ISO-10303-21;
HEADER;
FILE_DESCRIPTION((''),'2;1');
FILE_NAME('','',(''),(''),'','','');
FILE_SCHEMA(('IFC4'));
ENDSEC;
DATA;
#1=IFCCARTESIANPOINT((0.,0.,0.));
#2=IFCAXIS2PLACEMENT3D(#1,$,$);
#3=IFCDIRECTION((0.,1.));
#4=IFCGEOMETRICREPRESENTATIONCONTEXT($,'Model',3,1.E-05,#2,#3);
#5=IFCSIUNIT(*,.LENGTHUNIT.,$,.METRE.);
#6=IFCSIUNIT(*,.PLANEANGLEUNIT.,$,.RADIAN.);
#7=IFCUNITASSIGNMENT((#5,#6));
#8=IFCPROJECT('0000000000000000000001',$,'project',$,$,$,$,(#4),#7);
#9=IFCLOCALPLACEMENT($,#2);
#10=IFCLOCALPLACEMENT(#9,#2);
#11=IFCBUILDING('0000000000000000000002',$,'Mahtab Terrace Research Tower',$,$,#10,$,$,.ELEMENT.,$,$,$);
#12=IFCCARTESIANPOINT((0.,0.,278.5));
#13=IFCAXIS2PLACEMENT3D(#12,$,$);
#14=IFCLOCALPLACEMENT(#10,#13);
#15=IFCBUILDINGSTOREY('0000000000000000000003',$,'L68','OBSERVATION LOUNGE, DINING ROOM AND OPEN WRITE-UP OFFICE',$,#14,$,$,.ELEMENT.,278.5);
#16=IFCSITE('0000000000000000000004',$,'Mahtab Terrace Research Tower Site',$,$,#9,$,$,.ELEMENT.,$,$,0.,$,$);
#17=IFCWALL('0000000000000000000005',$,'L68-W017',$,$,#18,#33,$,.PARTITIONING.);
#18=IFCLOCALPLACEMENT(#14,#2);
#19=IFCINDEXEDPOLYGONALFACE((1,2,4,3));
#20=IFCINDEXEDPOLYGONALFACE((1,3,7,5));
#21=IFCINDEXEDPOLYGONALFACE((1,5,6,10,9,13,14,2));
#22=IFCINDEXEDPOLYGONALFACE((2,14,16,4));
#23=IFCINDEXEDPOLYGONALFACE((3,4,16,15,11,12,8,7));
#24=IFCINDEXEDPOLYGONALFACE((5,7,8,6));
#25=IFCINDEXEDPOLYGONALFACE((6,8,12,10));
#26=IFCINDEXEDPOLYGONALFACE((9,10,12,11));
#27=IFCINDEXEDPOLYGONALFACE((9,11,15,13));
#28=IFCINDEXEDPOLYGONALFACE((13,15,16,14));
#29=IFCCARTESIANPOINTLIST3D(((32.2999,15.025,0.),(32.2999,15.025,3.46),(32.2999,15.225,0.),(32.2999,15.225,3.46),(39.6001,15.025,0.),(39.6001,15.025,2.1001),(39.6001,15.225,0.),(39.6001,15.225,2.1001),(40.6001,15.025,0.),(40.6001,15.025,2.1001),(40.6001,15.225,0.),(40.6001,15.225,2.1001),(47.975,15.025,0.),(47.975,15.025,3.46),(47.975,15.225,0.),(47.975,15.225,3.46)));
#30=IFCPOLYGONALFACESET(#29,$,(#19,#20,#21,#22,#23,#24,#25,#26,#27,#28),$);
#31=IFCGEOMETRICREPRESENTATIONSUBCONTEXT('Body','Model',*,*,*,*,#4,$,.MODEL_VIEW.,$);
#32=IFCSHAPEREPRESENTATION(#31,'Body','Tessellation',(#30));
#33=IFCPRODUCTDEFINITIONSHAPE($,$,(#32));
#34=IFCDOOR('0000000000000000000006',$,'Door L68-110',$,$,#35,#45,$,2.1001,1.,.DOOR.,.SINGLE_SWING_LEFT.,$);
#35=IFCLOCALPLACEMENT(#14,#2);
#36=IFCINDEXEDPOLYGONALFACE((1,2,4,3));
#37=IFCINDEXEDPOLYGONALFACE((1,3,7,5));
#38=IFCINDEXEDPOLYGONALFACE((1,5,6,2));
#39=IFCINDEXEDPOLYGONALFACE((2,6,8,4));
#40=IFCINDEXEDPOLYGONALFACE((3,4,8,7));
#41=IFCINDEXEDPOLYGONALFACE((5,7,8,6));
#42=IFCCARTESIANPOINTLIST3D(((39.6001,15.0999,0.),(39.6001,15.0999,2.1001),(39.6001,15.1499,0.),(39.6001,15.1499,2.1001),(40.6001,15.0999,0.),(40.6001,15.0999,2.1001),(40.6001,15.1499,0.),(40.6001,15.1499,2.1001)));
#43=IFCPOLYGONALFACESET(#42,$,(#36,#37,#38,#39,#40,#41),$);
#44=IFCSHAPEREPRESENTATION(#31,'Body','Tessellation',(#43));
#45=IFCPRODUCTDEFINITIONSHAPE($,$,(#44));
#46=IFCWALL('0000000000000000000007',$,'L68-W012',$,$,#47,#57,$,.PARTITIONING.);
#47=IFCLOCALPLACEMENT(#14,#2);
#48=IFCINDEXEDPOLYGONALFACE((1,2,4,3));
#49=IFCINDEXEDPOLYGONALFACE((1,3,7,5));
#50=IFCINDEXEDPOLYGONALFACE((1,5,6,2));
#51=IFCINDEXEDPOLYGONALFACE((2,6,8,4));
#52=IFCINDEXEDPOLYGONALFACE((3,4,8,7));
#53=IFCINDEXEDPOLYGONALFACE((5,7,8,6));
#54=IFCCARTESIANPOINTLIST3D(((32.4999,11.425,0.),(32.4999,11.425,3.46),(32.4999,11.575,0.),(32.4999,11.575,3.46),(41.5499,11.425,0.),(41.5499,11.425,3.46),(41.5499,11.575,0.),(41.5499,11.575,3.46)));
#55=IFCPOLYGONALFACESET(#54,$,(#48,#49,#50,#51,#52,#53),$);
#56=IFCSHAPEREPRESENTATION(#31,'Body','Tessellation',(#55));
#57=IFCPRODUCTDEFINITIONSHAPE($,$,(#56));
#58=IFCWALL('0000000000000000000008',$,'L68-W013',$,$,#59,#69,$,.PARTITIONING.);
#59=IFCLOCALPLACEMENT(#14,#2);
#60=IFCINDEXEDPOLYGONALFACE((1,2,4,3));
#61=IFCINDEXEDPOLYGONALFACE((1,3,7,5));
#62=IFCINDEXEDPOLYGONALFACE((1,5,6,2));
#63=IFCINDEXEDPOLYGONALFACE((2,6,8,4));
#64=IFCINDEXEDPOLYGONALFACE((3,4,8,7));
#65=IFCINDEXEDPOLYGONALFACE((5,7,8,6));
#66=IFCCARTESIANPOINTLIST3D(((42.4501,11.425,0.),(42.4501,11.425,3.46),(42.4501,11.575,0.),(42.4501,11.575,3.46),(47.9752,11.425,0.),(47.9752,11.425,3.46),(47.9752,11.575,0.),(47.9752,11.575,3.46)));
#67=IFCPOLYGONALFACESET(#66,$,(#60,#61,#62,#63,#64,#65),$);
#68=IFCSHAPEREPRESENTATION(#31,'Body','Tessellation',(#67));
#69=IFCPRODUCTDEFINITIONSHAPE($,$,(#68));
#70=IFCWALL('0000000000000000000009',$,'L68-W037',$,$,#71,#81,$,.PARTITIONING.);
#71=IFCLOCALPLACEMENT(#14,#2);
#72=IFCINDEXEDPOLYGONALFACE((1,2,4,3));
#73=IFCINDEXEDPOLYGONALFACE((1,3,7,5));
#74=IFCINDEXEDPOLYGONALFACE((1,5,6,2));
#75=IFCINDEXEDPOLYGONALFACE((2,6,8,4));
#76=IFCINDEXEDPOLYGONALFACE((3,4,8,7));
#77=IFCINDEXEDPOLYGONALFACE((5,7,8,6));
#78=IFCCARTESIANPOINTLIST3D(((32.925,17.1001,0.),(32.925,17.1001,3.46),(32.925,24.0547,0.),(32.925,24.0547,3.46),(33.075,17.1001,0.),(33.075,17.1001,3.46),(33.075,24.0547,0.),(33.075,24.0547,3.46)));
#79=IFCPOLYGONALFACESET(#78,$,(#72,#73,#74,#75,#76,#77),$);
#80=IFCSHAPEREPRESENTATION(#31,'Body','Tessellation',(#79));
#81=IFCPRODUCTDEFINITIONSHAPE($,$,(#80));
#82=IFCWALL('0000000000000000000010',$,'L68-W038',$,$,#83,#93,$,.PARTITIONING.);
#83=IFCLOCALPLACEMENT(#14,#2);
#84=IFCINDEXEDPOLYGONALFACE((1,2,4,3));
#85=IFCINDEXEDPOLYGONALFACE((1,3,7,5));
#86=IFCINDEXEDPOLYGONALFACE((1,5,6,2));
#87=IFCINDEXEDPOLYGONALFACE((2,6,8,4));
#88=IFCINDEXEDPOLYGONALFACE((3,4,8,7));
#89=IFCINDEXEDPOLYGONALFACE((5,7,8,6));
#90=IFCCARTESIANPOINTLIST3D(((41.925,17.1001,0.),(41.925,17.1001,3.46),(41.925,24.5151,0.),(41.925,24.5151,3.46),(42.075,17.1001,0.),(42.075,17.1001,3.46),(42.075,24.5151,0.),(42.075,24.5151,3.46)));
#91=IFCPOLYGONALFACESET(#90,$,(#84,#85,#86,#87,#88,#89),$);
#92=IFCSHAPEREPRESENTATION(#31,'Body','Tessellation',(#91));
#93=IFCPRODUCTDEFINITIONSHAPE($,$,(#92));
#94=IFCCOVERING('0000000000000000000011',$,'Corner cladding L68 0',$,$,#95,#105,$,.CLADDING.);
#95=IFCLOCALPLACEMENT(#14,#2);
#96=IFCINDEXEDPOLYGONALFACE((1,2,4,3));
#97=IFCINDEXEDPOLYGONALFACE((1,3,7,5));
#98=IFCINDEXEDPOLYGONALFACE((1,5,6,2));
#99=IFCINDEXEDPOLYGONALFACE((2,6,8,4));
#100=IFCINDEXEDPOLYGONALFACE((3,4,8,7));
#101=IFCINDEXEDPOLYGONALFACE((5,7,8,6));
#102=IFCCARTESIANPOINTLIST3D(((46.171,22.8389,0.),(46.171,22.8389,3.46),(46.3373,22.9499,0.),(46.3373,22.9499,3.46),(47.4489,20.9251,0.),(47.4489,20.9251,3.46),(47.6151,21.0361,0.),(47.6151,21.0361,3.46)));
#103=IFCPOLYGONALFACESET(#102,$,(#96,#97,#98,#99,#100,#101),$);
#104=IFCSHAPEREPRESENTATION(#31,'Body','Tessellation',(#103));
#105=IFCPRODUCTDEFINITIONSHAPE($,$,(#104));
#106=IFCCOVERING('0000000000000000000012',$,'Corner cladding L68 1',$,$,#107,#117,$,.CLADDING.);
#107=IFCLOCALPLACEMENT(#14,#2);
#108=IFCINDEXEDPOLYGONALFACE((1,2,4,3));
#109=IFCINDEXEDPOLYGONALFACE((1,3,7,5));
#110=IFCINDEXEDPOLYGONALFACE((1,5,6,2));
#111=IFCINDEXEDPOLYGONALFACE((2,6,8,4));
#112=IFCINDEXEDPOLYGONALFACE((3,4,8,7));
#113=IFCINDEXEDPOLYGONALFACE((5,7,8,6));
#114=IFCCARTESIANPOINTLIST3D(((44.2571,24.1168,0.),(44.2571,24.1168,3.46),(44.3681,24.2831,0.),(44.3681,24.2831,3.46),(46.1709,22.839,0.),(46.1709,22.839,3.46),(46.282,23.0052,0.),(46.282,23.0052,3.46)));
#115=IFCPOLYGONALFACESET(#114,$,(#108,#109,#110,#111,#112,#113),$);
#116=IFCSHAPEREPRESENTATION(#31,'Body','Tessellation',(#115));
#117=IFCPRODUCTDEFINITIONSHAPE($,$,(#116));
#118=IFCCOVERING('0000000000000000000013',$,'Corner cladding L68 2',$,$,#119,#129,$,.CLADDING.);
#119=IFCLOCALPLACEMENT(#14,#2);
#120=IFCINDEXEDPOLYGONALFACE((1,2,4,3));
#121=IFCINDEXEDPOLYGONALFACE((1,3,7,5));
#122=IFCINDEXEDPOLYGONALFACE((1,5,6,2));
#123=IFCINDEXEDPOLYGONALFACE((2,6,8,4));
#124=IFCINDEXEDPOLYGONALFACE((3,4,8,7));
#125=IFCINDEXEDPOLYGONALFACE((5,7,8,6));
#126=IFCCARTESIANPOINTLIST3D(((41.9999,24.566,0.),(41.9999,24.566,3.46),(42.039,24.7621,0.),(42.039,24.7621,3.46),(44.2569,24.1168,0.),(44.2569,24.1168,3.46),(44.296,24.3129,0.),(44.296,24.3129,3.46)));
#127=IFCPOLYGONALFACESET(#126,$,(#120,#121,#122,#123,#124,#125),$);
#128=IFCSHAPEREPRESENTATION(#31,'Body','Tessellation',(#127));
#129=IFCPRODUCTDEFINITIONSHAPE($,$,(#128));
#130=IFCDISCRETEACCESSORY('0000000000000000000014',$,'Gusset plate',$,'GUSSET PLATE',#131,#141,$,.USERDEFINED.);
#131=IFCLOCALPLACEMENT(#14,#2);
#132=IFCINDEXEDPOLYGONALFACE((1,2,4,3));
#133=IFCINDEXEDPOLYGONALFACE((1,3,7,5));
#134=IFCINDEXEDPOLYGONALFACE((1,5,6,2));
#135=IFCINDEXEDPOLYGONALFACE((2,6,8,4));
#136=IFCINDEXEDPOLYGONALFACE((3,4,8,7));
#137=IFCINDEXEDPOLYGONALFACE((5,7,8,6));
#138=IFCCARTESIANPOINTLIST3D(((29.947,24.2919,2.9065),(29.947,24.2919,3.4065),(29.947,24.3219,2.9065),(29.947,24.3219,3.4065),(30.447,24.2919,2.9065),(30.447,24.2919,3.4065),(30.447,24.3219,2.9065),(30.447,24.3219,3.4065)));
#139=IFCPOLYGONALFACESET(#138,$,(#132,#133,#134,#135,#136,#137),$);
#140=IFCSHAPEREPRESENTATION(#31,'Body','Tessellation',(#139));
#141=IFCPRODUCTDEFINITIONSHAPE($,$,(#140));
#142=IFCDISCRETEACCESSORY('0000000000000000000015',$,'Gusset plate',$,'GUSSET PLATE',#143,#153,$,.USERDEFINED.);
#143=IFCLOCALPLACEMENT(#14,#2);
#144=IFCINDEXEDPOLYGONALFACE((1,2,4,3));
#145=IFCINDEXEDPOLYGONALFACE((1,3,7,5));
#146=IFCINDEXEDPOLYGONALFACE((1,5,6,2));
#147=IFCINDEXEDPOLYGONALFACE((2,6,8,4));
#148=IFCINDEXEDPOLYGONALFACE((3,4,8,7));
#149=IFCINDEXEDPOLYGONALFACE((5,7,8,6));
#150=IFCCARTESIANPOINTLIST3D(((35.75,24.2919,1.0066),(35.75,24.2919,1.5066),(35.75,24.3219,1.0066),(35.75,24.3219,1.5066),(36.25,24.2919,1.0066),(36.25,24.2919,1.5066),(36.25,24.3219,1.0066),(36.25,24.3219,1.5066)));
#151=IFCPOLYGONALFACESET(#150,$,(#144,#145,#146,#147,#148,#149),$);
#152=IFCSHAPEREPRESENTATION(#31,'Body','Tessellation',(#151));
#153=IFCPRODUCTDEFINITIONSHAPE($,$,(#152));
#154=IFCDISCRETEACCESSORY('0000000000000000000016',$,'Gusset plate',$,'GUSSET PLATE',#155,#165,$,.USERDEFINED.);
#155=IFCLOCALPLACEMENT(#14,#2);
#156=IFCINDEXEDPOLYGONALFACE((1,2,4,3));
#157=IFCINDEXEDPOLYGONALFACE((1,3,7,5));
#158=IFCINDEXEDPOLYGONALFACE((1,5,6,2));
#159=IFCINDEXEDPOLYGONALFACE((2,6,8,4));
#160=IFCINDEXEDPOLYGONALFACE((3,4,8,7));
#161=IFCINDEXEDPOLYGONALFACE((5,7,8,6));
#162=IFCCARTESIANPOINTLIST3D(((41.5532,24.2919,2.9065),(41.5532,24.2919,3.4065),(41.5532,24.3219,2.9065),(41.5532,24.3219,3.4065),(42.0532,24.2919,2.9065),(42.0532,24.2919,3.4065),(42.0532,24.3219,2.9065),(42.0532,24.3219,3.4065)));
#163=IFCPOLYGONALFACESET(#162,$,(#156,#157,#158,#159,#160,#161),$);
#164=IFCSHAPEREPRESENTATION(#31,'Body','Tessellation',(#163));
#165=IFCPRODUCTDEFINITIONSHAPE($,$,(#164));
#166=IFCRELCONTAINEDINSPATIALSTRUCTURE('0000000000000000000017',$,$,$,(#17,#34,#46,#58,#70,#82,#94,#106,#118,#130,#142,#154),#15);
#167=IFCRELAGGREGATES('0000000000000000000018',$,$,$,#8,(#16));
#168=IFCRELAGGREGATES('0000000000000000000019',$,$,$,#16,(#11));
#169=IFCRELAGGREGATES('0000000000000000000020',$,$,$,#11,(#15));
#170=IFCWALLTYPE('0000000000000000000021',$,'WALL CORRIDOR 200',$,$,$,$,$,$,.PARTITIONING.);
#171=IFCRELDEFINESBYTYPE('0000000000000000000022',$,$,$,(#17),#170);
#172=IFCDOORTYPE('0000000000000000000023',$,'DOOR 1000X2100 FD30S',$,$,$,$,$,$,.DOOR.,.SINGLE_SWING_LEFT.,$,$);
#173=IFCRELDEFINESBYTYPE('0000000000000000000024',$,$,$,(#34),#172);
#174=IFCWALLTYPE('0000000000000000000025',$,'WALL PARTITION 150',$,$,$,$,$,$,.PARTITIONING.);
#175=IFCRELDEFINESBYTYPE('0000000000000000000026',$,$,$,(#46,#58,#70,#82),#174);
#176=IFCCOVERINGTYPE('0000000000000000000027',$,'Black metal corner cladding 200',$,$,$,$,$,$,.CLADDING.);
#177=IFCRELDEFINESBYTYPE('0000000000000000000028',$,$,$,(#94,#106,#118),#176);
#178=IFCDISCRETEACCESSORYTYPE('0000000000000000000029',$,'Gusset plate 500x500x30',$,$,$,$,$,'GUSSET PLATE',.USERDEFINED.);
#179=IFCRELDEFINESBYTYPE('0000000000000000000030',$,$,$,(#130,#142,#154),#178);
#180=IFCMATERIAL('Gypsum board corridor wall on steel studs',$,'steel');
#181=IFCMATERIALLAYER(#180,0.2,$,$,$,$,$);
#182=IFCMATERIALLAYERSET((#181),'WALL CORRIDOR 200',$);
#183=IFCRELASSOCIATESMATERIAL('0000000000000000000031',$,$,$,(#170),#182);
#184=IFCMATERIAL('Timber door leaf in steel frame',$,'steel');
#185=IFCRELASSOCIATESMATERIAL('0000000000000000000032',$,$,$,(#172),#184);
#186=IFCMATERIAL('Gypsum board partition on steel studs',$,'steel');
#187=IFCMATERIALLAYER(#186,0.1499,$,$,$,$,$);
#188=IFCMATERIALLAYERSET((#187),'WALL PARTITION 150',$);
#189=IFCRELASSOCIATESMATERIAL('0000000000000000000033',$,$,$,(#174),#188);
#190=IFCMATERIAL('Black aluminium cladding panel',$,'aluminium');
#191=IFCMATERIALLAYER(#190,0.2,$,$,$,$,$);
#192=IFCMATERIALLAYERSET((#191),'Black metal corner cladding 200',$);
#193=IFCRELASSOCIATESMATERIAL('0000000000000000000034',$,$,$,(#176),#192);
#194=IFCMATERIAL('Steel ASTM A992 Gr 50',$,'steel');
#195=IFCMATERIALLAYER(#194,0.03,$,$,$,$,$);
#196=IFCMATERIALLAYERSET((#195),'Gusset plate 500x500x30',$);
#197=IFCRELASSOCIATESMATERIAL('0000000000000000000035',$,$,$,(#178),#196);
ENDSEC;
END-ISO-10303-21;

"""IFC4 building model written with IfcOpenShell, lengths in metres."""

from ifc_helpers import new_model, si_unit, direction, frame, frame_2d, origin, origin_2d, place, context, subcontext, project, spatial, rectangle, extrude, material, layer, layer_set, type_object, element, fill, save


model = new_model("IFC4")

# Units and contexts
model_context = context("Model", 3, precision=1e-05, world=origin(), true_north=direction((0.0, 1.0)))
body_context = subcontext(model_context, "Body", "Model", "MODEL_VIEW")
ifc_project = project(units=[si_unit("LENGTHUNIT", "METRE"), si_unit("PLANEANGLEUNIT", "RADIAN")], contexts=[model_context])

# Site, building, storey
site_placement = place(None, origin())
site = spatial("IfcSite", under=ifc_project, at=site_placement, Name="Mahtab Terrace Research Tower Site", CompositionType="ELEMENT", RefElevation=0.0)
building_placement = place(site_placement, origin())
building = spatial("IfcBuilding", under=site, at=building_placement, Name="Mahtab Terrace Research Tower", CompositionType="ELEMENT")
storey_placement = place(building_placement, frame((0.0, 0.0, 278.5)))
storey = spatial("IfcBuildingStorey", under=building, at=storey_placement, Name="L68", Description="OBSERVATION LOUNGE, DINING ROOM AND OPEN WRITE-UP OFFICE", CompositionType="ELEMENT", Elevation=278.5)

# Shared definitions
ifc_material_1 = material(Name="Steel ASTM A992 Gr 50", Category="steel")

# Shared definitions
ifc_material_2 = material(Name="Black aluminium cladding panel", Category="aluminium")

# Wall, opening, door
ifc_material_3 = material(Name="Gypsum board corridor wall on steel studs", Category="steel")
ifc_layer_1 = layer(ifc_material_3, 0.2)
ifc_layer_set_1 = layer_set([ifc_layer_1], Name="WALL CORRIDOR 200")
wall_type_1 = type_object("IfcWallType", Name="WALL CORRIDOR 200", PredefinedType="PARTITIONING", material=ifc_layer_set_1)
wall_1_placement = place(storey_placement, frame((32.3, 15.125, 0.0), z_axis=(0.0, 0.0, 1.0), x_axis=(1.0, 0.0, 0.0)))
wall_1 = element("IfcWall", 1, at=wall_1_placement, inside=storey, type_object=wall_type_1, Name="L68-W017", PredefinedType="PARTITIONING", context=body_context, shape_type="SweptSolid", body=[
    extrude(rectangle(XDim=15.675, YDim=0.2, at=frame_2d((7.8374, 0.0))), origin(), (0.0, 0.0, 1.0), 3.46),
])
opening_placement = place(wall_1_placement, frame((7.3, 0.0, 0.0)))
opening = element("IfcOpeningElement", 2, at=opening_placement, cuts=wall_1, PredefinedType="OPENING", context=body_context, shape_type="SweptSolid", body=[
    extrude(rectangle(XDim=1.0, YDim=2.1001, at=frame_2d((0.5, 1.05))), frame((0.0, 0.1099, 0.0), z_axis=(0.0, -1.0, 0.0), x_axis=(1.0, 0.0, 0.0)), (0.0, 0.0, 1.0), 0.22),
])
ifc_material_4 = material(Name="Timber door leaf in steel frame", Category="steel")
door_type = type_object("IfcDoorType", Name="DOOR 1000X2100 FD30S", OperationType="SINGLE_SWING_LEFT", PredefinedType="DOOR", material=ifc_material_4)
door_placement = place(opening_placement, origin())
door = element("IfcDoor", 3, at=door_placement, inside=storey, type_object=door_type, Name="Door L68-110", OperationType="SINGLE_SWING_LEFT", OverallHeight=2.1001, OverallWidth=1.0, PredefinedType="DOOR", context=body_context, shape_type="SweptSolid", body=[
    extrude(rectangle(XDim=1.0, YDim=2.1001, at=frame_2d((0.5, 1.05))), frame((0.0, 0.0249, 0.0), z_axis=(0.0, -1.0, 0.0), x_axis=(1.0, 0.0, 0.0)), (0.0, 0.0, 1.0), 0.05),
])
fill(opening, door)

# Walls
ifc_material_5 = material(Name="Gypsum board partition on steel studs", Category="steel")
ifc_layer_2 = layer(ifc_material_5, 0.1499)
ifc_layer_set_2 = layer_set([ifc_layer_2], Name="WALL PARTITION 150")
wall_type_2 = type_object("IfcWallType", Name="WALL PARTITION 150", PredefinedType="PARTITIONING", material=ifc_layer_set_2)
wall_2_placement = place(storey_placement, frame((32.5, 11.5, 0.0), z_axis=(0.0, 0.0, 1.0), x_axis=(1.0, 0.0, 0.0)))
element("IfcWall", 4, at=wall_2_placement, inside=storey, type_object=wall_type_2, Name="L68-W012", PredefinedType="PARTITIONING", context=body_context, shape_type="SweptSolid", body=[
    extrude(rectangle(XDim=9.05, YDim=0.1499, at=frame_2d((4.5249, 0.0))), origin(), (0.0, 0.0, 1.0), 3.46),
])
wall_3_placement = place(storey_placement, frame((42.45, 11.5, 0.0), z_axis=(0.0, 0.0, 1.0), x_axis=(1.0, 0.0, 0.0)))
element("IfcWall", 5, at=wall_3_placement, inside=storey, type_object=wall_type_2, Name="L68-W013", PredefinedType="PARTITIONING", context=body_context, shape_type="SweptSolid", body=[
    extrude(rectangle(XDim=5.5251, YDim=0.1499, at=frame_2d((2.7627, 0.0))), origin(), (0.0, 0.0, 1.0), 3.46),
])
wall_4_placement = place(storey_placement, frame((33.0, 17.1001, 0.0), z_axis=(0.0, 0.0, 1.0), x_axis=(0.0, 1.0, 0.0)))
element("IfcWall", 6, at=wall_4_placement, inside=storey, type_object=wall_type_2, Name="L68-W037", PredefinedType="PARTITIONING", context=body_context, shape_type="SweptSolid", body=[
    extrude(rectangle(XDim=6.9546, YDim=0.1499, at=frame_2d((3.4773, 0.0))), origin(), (0.0, 0.0, 1.0), 3.46),
])
wall_5_placement = place(storey_placement, frame((42.0, 17.1001, 0.0), z_axis=(0.0, 0.0, 1.0), x_axis=(0.0, 1.0, 0.0)))
element("IfcWall", 7, at=wall_5_placement, inside=storey, type_object=wall_type_2, Name="L68-W038", PredefinedType="PARTITIONING", context=body_context, shape_type="SweptSolid", body=[
    extrude(rectangle(XDim=7.415, YDim=0.1499, at=frame_2d((3.7075, 0.0))), origin(), (0.0, 0.0, 1.0), 3.46),
])

# Coverings
ifc_layer_3 = layer(ifc_material_2, 0.2)
ifc_layer_set_3 = layer_set([ifc_layer_3], Name="Black metal corner cladding 200")
covering_type = type_object("IfcCoveringType", Name="Black metal corner cladding 200", PredefinedType="CLADDING", material=ifc_layer_set_3)
for number, where, z_axis, x_axis, name in (
    (8, (46.8931, 21.9375, 0.0), (0.0, 0.0, 1.0), (-0.555291, 0.831656, 0.0), "Corner cladding L68 0"),
    (9, (45.2695, 23.561, 0.0), (0.0, 0.0, 1.0), (-0.831656, 0.555291, 0.0), "Corner cladding L68 1"),
    (10, (43.1479, 24.4395, 0.0), (0.0, 0.0, 1.0), (-0.980761, 0.195212, 0.0), "Corner cladding L68 2"),
):
    element("IfcCovering", number, at=place(storey_placement, frame(where, z_axis=z_axis, x_axis=x_axis)), inside=storey, type_object=covering_type, Name=name, PredefinedType="CLADDING", context=body_context, shape_type="SweptSolid", body=[
        extrude(rectangle(XDim=2.3013, YDim=0.2, at=origin_2d()), origin(), (0.0, 0.0, 1.0), 3.46),
    ])

# Discrete accessories
ifc_layer_4 = layer(ifc_material_1, 0.03)
ifc_layer_set_4 = layer_set([ifc_layer_4], Name="Gusset plate 500x500x30")
discrete_accessory_type = type_object("IfcDiscreteAccessoryType", Name="Gusset plate 500x500x30", ElementType="GUSSET PLATE", PredefinedType="USERDEFINED", material=ifc_layer_set_4)
for number, where, z_axis, x_axis, name in (
    (11, (30.197, 24.3069, 2.9065), (0.0, 0.0, 1.0), (1.0, 0.0, 0.0), "Gusset plate"),
    (12, (36.0, 24.3069, 1.0066), (0.0, 0.0, 1.0), (1.0, 0.0, 0.0), "Gusset plate"),
    (13, (41.8032, 24.3069, 2.9065), (0.0, 0.0, 1.0), (1.0, 0.0, 0.0), "Gusset plate"),
):
    element("IfcDiscreteAccessory", number, at=place(storey_placement, frame(where, z_axis=z_axis, x_axis=x_axis)), inside=storey, type_object=discrete_accessory_type, Name=name, ObjectType="GUSSET PLATE", PredefinedType="USERDEFINED", context=body_context, shape_type="SweptSolid", body=[
        extrude(rectangle(XDim=0.5, YDim=0.03, at=origin_2d()), origin(), (0.0, 0.0, 1.0), 0.5),
    ])

save(model, "model.ifc")
